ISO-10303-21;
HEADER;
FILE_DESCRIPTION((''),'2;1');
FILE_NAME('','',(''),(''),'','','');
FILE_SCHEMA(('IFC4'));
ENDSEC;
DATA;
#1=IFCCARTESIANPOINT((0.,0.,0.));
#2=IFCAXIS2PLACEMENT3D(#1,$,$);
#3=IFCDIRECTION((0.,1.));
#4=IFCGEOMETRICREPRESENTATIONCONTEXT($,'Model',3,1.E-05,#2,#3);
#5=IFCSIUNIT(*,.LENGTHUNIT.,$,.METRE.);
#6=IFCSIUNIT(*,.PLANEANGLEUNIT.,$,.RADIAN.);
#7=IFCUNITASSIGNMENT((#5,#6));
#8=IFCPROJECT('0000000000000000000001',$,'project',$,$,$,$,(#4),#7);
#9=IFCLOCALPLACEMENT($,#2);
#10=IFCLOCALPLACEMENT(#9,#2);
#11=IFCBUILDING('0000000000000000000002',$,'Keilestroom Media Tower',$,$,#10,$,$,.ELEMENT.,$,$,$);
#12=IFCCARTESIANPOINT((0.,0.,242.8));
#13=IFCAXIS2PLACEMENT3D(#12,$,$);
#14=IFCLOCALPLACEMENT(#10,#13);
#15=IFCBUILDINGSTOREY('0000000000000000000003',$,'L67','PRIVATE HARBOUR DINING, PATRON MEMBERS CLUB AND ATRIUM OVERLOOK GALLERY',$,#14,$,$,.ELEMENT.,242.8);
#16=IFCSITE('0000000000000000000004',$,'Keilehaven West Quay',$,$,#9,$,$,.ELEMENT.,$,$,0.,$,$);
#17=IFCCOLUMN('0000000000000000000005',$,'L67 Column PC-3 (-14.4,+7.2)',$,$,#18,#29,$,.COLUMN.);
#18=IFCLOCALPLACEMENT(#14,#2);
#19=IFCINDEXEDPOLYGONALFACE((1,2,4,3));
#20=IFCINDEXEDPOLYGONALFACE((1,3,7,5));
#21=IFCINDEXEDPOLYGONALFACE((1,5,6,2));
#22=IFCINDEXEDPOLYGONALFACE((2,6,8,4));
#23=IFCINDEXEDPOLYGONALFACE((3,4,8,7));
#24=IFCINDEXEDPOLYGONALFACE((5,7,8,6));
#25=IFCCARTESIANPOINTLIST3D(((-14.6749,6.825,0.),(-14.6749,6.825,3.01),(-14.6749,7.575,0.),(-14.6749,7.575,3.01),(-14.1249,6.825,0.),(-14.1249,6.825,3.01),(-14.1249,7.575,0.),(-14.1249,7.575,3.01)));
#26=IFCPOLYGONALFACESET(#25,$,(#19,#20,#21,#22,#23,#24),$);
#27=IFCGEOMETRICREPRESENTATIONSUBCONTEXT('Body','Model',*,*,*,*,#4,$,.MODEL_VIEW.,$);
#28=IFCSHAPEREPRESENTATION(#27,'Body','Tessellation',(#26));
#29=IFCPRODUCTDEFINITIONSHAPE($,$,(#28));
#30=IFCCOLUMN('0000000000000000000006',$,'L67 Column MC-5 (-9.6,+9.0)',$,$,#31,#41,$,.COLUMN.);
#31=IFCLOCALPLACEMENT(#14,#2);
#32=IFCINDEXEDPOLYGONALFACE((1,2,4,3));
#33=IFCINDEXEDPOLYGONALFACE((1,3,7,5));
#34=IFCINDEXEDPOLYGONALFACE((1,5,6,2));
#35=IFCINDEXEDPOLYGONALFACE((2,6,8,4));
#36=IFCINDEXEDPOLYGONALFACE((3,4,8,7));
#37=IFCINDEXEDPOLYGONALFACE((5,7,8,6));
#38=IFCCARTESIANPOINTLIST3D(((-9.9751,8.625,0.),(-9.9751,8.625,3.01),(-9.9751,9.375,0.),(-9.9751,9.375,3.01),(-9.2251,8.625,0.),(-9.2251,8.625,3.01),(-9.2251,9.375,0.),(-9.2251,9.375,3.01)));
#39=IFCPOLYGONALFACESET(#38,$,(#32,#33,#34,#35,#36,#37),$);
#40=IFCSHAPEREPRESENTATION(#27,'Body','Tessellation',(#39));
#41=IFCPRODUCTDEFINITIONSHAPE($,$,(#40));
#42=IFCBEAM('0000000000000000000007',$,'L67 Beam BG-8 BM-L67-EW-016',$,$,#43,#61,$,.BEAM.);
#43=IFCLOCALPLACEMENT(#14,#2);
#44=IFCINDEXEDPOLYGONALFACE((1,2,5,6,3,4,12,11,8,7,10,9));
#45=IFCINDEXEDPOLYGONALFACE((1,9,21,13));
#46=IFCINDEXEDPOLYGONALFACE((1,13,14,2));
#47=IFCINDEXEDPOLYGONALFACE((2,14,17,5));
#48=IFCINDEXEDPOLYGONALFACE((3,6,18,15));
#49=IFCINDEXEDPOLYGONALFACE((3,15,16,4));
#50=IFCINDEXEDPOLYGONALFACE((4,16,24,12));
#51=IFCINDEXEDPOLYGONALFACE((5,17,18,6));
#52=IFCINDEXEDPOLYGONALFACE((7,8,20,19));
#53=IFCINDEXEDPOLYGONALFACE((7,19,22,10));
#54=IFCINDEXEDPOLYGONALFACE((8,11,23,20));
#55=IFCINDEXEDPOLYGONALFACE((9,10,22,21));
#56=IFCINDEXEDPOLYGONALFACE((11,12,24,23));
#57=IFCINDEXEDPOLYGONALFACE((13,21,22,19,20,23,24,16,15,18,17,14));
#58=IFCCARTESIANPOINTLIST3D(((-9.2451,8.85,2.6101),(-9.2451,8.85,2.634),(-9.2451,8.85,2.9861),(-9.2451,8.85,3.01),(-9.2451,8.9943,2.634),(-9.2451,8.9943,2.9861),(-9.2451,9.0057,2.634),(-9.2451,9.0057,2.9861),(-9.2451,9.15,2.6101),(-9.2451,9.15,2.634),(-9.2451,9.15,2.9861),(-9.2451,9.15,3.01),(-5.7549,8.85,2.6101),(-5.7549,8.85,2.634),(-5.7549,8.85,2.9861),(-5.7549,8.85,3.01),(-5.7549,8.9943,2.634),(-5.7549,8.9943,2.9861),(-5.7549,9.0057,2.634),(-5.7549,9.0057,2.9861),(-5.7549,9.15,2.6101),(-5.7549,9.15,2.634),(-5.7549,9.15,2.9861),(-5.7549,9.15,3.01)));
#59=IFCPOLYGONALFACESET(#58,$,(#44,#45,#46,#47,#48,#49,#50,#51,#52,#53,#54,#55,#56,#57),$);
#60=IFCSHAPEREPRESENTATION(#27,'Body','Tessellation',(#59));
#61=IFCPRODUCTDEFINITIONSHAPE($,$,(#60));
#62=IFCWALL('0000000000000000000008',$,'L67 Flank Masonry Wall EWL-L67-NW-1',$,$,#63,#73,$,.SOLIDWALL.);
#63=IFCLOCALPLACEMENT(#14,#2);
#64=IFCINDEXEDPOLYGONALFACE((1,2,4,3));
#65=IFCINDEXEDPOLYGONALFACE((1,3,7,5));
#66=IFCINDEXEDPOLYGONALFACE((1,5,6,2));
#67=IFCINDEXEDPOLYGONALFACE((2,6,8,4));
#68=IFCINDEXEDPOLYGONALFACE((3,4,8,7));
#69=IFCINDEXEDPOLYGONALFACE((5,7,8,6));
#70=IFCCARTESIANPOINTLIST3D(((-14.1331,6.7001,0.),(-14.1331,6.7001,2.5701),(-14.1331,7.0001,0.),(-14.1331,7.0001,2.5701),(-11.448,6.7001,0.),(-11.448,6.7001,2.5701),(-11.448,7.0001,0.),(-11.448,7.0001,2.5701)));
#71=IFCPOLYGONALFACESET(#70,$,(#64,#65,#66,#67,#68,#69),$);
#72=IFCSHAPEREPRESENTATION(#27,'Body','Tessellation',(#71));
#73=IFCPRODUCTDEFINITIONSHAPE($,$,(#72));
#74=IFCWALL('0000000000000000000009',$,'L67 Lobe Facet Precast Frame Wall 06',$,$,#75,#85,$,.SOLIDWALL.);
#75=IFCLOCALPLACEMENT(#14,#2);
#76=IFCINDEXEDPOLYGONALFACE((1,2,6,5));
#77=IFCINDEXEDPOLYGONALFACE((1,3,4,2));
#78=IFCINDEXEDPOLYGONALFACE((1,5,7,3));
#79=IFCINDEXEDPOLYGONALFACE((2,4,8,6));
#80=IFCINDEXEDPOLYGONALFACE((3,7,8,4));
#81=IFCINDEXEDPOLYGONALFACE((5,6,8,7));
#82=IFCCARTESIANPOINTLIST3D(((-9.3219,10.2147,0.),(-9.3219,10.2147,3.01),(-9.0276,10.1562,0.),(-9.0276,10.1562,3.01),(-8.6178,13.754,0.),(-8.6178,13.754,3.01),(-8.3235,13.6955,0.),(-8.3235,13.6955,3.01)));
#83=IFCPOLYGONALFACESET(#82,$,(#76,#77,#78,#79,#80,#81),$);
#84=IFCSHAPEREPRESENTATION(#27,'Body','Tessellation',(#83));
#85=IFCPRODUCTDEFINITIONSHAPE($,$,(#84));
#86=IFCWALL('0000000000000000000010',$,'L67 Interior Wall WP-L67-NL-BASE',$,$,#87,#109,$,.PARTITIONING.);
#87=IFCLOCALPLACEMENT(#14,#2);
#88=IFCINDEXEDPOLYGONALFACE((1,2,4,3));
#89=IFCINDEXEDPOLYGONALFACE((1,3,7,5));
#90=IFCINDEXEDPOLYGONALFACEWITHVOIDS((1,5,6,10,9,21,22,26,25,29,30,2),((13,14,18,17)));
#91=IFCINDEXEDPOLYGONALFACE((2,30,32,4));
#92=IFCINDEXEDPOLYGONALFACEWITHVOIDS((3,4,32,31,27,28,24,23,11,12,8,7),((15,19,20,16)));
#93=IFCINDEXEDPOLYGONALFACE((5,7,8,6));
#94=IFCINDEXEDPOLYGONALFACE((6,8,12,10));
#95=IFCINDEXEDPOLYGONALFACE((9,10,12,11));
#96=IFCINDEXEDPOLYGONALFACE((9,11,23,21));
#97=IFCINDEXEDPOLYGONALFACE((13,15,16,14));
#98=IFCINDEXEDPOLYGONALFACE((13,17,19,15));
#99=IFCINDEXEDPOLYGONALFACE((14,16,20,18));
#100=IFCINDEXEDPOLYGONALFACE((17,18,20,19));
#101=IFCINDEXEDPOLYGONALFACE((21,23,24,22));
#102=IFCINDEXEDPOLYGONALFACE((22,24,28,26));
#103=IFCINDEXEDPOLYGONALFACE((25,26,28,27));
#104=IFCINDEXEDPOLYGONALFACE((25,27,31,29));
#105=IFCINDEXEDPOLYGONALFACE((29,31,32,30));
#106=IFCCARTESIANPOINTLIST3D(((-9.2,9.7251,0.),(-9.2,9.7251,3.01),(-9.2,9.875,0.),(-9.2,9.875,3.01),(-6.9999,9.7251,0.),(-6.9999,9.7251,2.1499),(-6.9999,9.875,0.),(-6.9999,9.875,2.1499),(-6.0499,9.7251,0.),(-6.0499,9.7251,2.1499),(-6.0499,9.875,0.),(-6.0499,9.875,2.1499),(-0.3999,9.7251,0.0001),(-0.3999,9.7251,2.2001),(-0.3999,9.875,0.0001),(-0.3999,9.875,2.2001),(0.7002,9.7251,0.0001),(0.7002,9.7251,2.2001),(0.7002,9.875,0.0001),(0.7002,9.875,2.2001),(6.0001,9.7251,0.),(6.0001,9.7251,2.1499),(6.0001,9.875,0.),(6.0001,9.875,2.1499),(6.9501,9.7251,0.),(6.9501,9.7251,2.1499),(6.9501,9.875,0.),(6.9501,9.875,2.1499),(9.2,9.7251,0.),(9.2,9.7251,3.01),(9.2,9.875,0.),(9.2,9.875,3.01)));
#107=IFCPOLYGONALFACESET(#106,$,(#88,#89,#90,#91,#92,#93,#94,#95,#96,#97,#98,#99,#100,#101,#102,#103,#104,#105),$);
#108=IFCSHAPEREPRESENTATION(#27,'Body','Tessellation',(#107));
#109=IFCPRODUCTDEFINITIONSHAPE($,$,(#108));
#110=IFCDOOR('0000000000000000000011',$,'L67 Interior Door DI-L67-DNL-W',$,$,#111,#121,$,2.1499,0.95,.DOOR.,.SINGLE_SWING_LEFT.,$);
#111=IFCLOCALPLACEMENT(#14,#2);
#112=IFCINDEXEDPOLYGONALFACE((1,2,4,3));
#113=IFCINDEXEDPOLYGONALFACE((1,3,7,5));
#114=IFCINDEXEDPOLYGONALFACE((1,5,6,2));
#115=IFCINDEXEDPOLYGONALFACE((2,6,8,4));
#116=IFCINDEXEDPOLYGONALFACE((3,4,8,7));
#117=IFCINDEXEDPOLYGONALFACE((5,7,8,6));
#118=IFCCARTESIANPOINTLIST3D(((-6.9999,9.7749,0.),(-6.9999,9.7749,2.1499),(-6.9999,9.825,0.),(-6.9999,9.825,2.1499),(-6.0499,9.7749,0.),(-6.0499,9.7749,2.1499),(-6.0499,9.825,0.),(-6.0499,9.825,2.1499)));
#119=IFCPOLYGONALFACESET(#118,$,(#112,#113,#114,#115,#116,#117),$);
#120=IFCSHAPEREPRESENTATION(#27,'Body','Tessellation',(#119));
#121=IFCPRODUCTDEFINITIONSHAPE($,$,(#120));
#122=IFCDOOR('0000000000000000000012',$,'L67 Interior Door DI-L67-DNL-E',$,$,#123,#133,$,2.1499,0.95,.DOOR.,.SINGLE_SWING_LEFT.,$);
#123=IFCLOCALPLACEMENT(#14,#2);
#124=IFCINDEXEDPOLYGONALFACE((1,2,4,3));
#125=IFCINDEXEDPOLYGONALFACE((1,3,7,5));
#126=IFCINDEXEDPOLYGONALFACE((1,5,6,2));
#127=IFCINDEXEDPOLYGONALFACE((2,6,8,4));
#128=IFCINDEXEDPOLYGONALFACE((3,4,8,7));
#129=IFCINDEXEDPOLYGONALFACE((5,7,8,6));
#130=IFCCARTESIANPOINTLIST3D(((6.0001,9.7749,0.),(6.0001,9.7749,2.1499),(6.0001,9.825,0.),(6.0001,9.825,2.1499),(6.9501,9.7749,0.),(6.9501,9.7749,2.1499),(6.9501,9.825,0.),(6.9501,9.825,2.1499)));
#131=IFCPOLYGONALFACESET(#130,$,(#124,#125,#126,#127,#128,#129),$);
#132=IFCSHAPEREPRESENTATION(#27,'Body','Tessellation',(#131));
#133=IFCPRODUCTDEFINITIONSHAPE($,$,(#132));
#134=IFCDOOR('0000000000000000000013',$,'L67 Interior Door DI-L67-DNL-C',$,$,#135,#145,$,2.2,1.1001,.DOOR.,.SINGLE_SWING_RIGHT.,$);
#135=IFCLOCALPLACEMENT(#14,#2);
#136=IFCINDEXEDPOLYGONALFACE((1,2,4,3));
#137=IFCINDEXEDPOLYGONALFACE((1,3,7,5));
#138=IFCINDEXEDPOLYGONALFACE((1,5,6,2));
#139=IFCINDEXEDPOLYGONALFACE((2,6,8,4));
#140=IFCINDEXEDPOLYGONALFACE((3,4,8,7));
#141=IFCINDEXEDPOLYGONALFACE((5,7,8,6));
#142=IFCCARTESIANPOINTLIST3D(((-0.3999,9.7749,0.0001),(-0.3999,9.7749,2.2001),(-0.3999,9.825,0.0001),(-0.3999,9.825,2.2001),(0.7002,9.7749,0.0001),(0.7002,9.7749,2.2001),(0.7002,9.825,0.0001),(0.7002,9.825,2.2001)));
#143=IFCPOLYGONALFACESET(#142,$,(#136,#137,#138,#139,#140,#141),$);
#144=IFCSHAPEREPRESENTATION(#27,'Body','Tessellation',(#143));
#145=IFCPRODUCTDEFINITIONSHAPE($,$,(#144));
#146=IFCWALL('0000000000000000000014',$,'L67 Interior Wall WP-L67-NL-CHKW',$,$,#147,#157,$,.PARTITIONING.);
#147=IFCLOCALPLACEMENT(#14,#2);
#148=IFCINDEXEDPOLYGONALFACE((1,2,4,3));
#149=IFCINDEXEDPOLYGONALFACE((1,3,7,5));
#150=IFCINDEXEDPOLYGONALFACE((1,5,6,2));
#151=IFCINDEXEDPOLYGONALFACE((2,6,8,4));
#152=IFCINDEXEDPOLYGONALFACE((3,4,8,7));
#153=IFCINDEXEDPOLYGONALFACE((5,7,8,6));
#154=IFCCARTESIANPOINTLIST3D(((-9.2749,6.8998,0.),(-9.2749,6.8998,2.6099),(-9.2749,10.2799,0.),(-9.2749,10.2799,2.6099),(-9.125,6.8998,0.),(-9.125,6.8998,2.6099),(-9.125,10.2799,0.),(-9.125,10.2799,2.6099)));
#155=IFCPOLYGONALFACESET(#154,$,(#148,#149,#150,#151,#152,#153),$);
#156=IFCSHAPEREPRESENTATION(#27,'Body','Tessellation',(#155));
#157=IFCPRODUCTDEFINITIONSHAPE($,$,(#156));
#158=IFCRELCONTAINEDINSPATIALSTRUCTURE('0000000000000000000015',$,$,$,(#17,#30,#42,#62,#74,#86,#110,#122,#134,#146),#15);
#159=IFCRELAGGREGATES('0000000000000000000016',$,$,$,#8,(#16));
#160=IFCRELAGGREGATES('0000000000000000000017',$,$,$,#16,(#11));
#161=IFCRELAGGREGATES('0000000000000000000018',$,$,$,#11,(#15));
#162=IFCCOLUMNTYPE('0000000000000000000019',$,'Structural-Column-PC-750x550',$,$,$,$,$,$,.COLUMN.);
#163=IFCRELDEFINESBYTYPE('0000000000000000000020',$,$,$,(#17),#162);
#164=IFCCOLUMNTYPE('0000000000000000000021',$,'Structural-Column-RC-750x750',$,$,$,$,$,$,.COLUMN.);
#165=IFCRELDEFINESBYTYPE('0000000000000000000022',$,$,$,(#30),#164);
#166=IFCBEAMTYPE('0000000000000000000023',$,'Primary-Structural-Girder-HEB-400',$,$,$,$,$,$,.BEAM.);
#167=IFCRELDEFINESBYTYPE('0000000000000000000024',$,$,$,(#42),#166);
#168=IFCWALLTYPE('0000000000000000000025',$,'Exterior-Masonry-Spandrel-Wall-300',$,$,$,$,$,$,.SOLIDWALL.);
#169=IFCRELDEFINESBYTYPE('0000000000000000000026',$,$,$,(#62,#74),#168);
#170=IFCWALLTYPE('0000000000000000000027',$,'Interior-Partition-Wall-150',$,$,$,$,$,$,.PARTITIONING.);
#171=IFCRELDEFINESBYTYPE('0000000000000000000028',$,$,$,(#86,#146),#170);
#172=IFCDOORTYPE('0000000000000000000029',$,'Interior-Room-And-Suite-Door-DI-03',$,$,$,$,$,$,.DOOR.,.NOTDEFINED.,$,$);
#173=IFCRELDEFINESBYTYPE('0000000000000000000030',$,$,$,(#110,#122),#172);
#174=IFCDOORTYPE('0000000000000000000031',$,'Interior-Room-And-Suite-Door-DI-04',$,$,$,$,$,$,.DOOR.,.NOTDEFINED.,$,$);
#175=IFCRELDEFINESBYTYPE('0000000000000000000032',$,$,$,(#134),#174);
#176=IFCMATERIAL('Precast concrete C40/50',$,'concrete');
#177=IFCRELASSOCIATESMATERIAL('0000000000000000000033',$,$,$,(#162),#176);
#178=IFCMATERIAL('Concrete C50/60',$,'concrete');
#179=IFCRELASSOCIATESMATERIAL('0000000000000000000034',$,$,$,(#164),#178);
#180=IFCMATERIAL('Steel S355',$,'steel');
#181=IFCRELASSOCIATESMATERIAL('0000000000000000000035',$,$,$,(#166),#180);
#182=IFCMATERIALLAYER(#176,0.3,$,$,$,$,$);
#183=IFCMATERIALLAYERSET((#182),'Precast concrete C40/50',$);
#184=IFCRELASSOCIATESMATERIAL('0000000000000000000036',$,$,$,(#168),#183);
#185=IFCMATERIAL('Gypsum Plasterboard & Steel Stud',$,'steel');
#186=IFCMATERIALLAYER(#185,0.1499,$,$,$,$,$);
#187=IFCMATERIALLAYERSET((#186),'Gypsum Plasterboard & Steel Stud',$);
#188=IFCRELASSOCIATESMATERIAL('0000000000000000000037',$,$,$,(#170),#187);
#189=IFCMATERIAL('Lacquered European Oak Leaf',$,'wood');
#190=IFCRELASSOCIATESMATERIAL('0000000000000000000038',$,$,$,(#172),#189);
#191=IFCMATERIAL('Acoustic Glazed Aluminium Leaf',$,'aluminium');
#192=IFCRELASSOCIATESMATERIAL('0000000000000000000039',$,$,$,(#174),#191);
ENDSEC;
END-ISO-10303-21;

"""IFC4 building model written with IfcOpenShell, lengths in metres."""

from ifc_helpers import new_model, si_unit, direction, frame, frame_2d, origin, origin_2d, place, context, subcontext, project, spatial, rectangle, i_section, extrude, source, transform, mapped, material, layer, layer_set, material_profile, profile_set, type_object, element, fill, save


model = new_model("IFC4")

# Units and contexts
model_context = context("Model", 3, precision=1e-05, world=origin(), true_north=direction((0.0, 1.0)))
body_context = subcontext(model_context, "Body", "Model", "MODEL_VIEW")
ifc_project = project(units=[si_unit("LENGTHUNIT", "METRE"), si_unit("PLANEANGLEUNIT", "RADIAN")], contexts=[model_context])

# Site, building, storey
site_placement = place(None, origin())
site = spatial("IfcSite", under=ifc_project, at=site_placement, Name="Keilehaven West Quay", CompositionType="ELEMENT", RefElevation=0.0)
building_placement = place(site_placement, origin())
building = spatial("IfcBuilding", under=site, at=building_placement, Name="Keilestroom Media Tower", CompositionType="ELEMENT")
storey_placement = place(building_placement, frame((0.0, 0.0, 242.8)))
storey = spatial("IfcBuildingStorey", under=building, at=storey_placement, Name="L67", Description="PRIVATE HARBOUR DINING, PATRON MEMBERS CLUB AND ATRIUM OVERLOOK GALLERY", CompositionType="ELEMENT", Elevation=242.8)

# Columns
ifc_material_1 = material(Name="Precast concrete C40/50", Category="concrete")
ifc_material_profile_1 = material_profile(ifc_material_1, rectangle(XDim=0.55, YDim=0.75, at=origin_2d()), Name="PC 750x550")
ifc_profile_set_1 = profile_set([ifc_material_profile_1], Name="Precast concrete C40/50")
column_type_1 = type_object("IfcColumnType", Name="Structural-Column-PC-750x550", PredefinedType="COLUMN", material=ifc_profile_set_1)
shared_shape_1 = source(origin(), body_context, "Body", "SweptSolid", [
    extrude(rectangle(XDim=0.55, YDim=0.75, at=origin_2d()), origin(), (0.0, 0.0, 1.0), 3.01),
])
column_1_placement = place(storey_placement, frame((-14.3999, 7.2, 0.0), z_axis=(0.0, 0.0, 1.0), x_axis=(1.0, 0.0, 0.0)))
element("IfcColumn", 1, at=column_1_placement, inside=storey, type_object=column_type_1, Name="L67 Column PC-3 (-14.4,+7.2)", PredefinedType="COLUMN", context=body_context, shape_type="MappedRepresentation", body=[
    mapped(shared_shape_1, transform((0.0, 0.0, 0.0), x_axis=(1.0, 0.0, 0.0), y_axis=(0.0, 1.0, 0.0), z_axis=(0.0, 0.0, 1.0), scale=1.0)),
])
ifc_material_2 = material(Name="Concrete C50/60", Category="concrete")
ifc_material_profile_2 = material_profile(ifc_material_2, rectangle(XDim=0.75, YDim=0.75, at=origin_2d()), Name="RC 750x750")
ifc_profile_set_2 = profile_set([ifc_material_profile_2], Name="Concrete C50/60")
column_type_2 = type_object("IfcColumnType", Name="Structural-Column-RC-750x750", PredefinedType="COLUMN", material=ifc_profile_set_2)
shared_shape_2 = source(origin(), body_context, "Body", "SweptSolid", [
    extrude(rectangle(XDim=0.75, YDim=0.75, at=origin_2d()), origin(), (0.0, 0.0, 1.0), 3.01),
])
column_2_placement = place(storey_placement, frame((-9.6001, 9.0, 0.0), z_axis=(0.0, 0.0, 1.0), x_axis=(1.0, 0.0, 0.0)))
element("IfcColumn", 2, at=column_2_placement, inside=storey, type_object=column_type_2, Name="L67 Column MC-5 (-9.6,+9.0)", PredefinedType="COLUMN", context=body_context, shape_type="MappedRepresentation", body=[
    mapped(shared_shape_2, transform((0.0, 0.0, 0.0), x_axis=(1.0, 0.0, 0.0), y_axis=(0.0, 1.0, 0.0), z_axis=(0.0, 0.0, 1.0), scale=1.0)),
])

# Beam
ifc_material_3 = material(Name="Steel S355", Category="steel")
ifc_material_profile_3 = material_profile(ifc_material_3, i_section(OverallWidth=0.3, OverallDepth=0.3999, WebThickness=0.0115, FlangeThickness=0.0239, at=origin_2d()), Name="HEB 400")
ifc_profile_set_3 = profile_set([ifc_material_profile_3], Name="Steel S355")
beam_type = type_object("IfcBeamType", Name="Primary-Structural-Girder-HEB-400", PredefinedType="BEAM", material=ifc_profile_set_3)
shared_shape_3 = source(origin(), body_context, "Body", "SweptSolid", [
    extrude(i_section(OverallWidth=0.3, OverallDepth=0.3999, WebThickness=0.0115, FlangeThickness=0.0239, at=origin_2d()), origin(), (0.0, 0.0, 1.0), 3.4902),
])
beam_placement = place(storey_placement, frame((-9.2451, 9.0, 2.8101), z_axis=(1.0, 0.0, 0.0), x_axis=(0.0, 1.0, 0.0)))
element("IfcBeam", 3, at=beam_placement, inside=storey, type_object=beam_type, Name="L67 Beam BG-8 BM-L67-EW-016", PredefinedType="BEAM", context=body_context, shape_type="MappedRepresentation", body=[
    mapped(shared_shape_3, transform((0.0, 0.0, 0.0), x_axis=(1.0, 0.0, 0.0), y_axis=(0.0, 1.0, 0.0), z_axis=(0.0, 0.0, 1.0), scale=1.0)),
])

# Walls
ifc_layer_1 = layer(ifc_material_1, 0.3)
ifc_layer_set_1 = layer_set([ifc_layer_1], Name="Precast concrete C40/50")
wall_type_1 = type_object("IfcWallType", Name="Exterior-Masonry-Spandrel-Wall-300", PredefinedType="SOLIDWALL", material=ifc_layer_set_1)
wall_1_placement = place(storey_placement, frame((-14.1331, 6.8501, 0.0), z_axis=(0.0, 0.0, 1.0), x_axis=(1.0, 0.0, 0.0)))
element("IfcWall", 4, at=wall_1_placement, inside=storey, type_object=wall_type_1, Name="L67 Flank Masonry Wall EWL-L67-NW-1", PredefinedType="SOLIDWALL", context=body_context, shape_type="SweptSolid", body=[
    extrude(rectangle(XDim=2.6851, YDim=0.3, at=frame_2d((1.3425, 0.0))), origin(), (0.0, 0.0, 1.0), 2.5701),
])
wall_2_placement = place(storey_placement, frame((-8.4707, 13.7246, 0.0), z_axis=(0.0, 0.0, 1.0), x_axis=(-0.195114, -0.980781, 0.0)))
element("IfcWall", 5, at=wall_2_placement, inside=storey, type_object=wall_type_1, Name="L67 Lobe Facet Precast Frame Wall 06", PredefinedType="SOLIDWALL", context=body_context, shape_type="SweptSolid", body=[
    extrude(rectangle(XDim=3.6086, YDim=0.3, at=frame_2d((1.8042, 0.0))), origin(), (0.0, 0.0, 1.0), 3.01),
])

# Wall, openings, doors
ifc_material_4 = material(Name="Gypsum Plasterboard & Steel Stud", Category="steel")
ifc_layer_2 = layer(ifc_material_4, 0.1499)
ifc_layer_set_2 = layer_set([ifc_layer_2], Name="Gypsum Plasterboard & Steel Stud")
wall_type_2 = type_object("IfcWallType", Name="Interior-Partition-Wall-150", PredefinedType="PARTITIONING", material=ifc_layer_set_2)
wall_3_placement = place(storey_placement, frame((-9.2, 9.8, 0.0), z_axis=(0.0, 0.0, 1.0), x_axis=(1.0, 0.0, 0.0)))
wall_3 = element("IfcWall", 6, at=wall_3_placement, inside=storey, type_object=wall_type_2, Name="L67 Interior Wall WP-L67-NL-BASE", PredefinedType="PARTITIONING", context=body_context, shape_type="SweptSolid", body=[
    extrude(rectangle(XDim=18.3999, YDim=0.1499, at=frame_2d((9.2, 0.0))), origin(), (0.0, 0.0, 1.0), 3.01),
])
opening_1_placement = place(wall_3_placement, frame((2.2, 0.0, 0.0)))
opening_1 = element("IfcOpeningElement", 7, at=opening_1_placement, cuts=wall_3, PredefinedType="OPENING", context=body_context, shape_type="SweptSolid", body=[
    extrude(rectangle(XDim=0.95, YDim=2.1499, at=frame_2d((0.4751, 1.075))), frame((0.0, 0.085, 0.0), z_axis=(0.0, -1.0, 0.0), x_axis=(1.0, 0.0, 0.0)), (0.0, 0.0, 1.0), 0.1699),
])
opening_2_placement = place(wall_3_placement, frame((8.8, 0.0, 0.0)))
opening_2 = element("IfcOpeningElement", 8, at=opening_2_placement, cuts=wall_3, PredefinedType="OPENING", context=body_context, shape_type="SweptSolid", body=[
    extrude(rectangle(XDim=1.1001, YDim=2.2, at=frame_2d((0.55, 1.1001))), frame((0.0, 0.085, 0.0), z_axis=(0.0, -1.0, 0.0), x_axis=(1.0, 0.0, 0.0)), (0.0, 0.0, 1.0), 0.1699),
])
opening_3_placement = place(wall_3_placement, frame((15.2, 0.0, 0.0)))
opening_3 = element("IfcOpeningElement", 9, at=opening_3_placement, cuts=wall_3, PredefinedType="OPENING", context=body_context, shape_type="SweptSolid", body=[
    extrude(rectangle(XDim=0.95, YDim=2.1499, at=frame_2d((0.4751, 1.075))), frame((0.0, 0.085, 0.0), z_axis=(0.0, -1.0, 0.0), x_axis=(1.0, 0.0, 0.0)), (0.0, 0.0, 1.0), 0.1699),
])
ifc_material_5 = material(Name="Lacquered European Oak Leaf", Category="wood")
door_type_1 = type_object("IfcDoorType", Name="Interior-Room-And-Suite-Door-DI-03", OperationType="NOTDEFINED", PredefinedType="DOOR", material=ifc_material_5)
shared_shape_4 = source(origin(), body_context, "Body", "SweptSolid", [
    extrude(rectangle(XDim=0.95, YDim=2.1499, at=frame_2d((0.4751, 1.075))), frame((0.0, 0.0249, 0.0), z_axis=(0.0, -1.0, 0.0), x_axis=(1.0, 0.0, 0.0)), (0.0, 0.0, 1.0), 0.05),
])
door_1_placement = place(opening_1_placement, origin())
door_1 = element("IfcDoor", 10, at=door_1_placement, inside=storey, type_object=door_type_1, Name="L67 Interior Door DI-L67-DNL-W", OperationType="SINGLE_SWING_LEFT", OverallHeight=2.1499, OverallWidth=0.95, PredefinedType="DOOR", context=body_context, shape_type="MappedRepresentation", body=[
    mapped(shared_shape_4, transform((0.0, 0.0, 0.0), x_axis=(1.0, 0.0, 0.0), y_axis=(0.0, 1.0, 0.0), z_axis=(0.0, 0.0, 1.0), scale=1.0)),
])
fill(opening_1, door_1)
door_2_placement = place(opening_3_placement, origin())
door_2 = element("IfcDoor", 11, at=door_2_placement, inside=storey, type_object=door_type_1, Name="L67 Interior Door DI-L67-DNL-E", OperationType="SINGLE_SWING_LEFT", OverallHeight=2.1499, OverallWidth=0.95, PredefinedType="DOOR", context=body_context, shape_type="MappedRepresentation", body=[
    mapped(shared_shape_4, transform((0.0, 0.0, 0.0), x_axis=(1.0, 0.0, 0.0), y_axis=(0.0, 1.0, 0.0), z_axis=(0.0, 0.0, 1.0), scale=1.0)),
])
fill(opening_3, door_2)
ifc_material_6 = material(Name="Acoustic Glazed Aluminium Leaf", Category="aluminium")
door_type_2 = type_object("IfcDoorType", Name="Interior-Room-And-Suite-Door-DI-04", OperationType="NOTDEFINED", PredefinedType="DOOR", material=ifc_material_6)
shared_shape_5 = source(origin(), body_context, "Body", "SweptSolid", [
    extrude(rectangle(XDim=1.1001, YDim=2.2, at=frame_2d((0.55, 1.1001))), frame((0.0, 0.0249, 0.0), z_axis=(0.0, -1.0, 0.0), x_axis=(1.0, 0.0, 0.0)), (0.0, 0.0, 1.0), 0.05),
])
door_3_placement = place(opening_2_placement, origin())
door_3 = element("IfcDoor", 12, at=door_3_placement, inside=storey, type_object=door_type_2, Name="L67 Interior Door DI-L67-DNL-C", OperationType="SINGLE_SWING_RIGHT", OverallHeight=2.2, OverallWidth=1.1001, PredefinedType="DOOR", context=body_context, shape_type="MappedRepresentation", body=[
    mapped(shared_shape_5, transform((0.0, 0.0, 0.0), x_axis=(1.0, 0.0, 0.0), y_axis=(0.0, 1.0, 0.0), z_axis=(0.0, 0.0, 1.0), scale=1.0)),
])
fill(opening_2, door_3)

# Wall
wall_4_placement = place(storey_placement, frame((-9.2, 6.8999, 0.0), z_axis=(0.0, 0.0, 1.0), x_axis=(0.0, 1.0, 0.0)))
element("IfcWall", 13, at=wall_4_placement, inside=storey, type_object=wall_type_2, Name="L67 Interior Wall WP-L67-NL-CHKW", PredefinedType="PARTITIONING", context=body_context, shape_type="SweptSolid", body=[
    extrude(rectangle(XDim=3.3801, YDim=0.1499, at=frame_2d((1.6899, 0.0))), origin(), (0.0, 0.0, 1.0), 2.6099),
])

save(model, "model.ifc")
